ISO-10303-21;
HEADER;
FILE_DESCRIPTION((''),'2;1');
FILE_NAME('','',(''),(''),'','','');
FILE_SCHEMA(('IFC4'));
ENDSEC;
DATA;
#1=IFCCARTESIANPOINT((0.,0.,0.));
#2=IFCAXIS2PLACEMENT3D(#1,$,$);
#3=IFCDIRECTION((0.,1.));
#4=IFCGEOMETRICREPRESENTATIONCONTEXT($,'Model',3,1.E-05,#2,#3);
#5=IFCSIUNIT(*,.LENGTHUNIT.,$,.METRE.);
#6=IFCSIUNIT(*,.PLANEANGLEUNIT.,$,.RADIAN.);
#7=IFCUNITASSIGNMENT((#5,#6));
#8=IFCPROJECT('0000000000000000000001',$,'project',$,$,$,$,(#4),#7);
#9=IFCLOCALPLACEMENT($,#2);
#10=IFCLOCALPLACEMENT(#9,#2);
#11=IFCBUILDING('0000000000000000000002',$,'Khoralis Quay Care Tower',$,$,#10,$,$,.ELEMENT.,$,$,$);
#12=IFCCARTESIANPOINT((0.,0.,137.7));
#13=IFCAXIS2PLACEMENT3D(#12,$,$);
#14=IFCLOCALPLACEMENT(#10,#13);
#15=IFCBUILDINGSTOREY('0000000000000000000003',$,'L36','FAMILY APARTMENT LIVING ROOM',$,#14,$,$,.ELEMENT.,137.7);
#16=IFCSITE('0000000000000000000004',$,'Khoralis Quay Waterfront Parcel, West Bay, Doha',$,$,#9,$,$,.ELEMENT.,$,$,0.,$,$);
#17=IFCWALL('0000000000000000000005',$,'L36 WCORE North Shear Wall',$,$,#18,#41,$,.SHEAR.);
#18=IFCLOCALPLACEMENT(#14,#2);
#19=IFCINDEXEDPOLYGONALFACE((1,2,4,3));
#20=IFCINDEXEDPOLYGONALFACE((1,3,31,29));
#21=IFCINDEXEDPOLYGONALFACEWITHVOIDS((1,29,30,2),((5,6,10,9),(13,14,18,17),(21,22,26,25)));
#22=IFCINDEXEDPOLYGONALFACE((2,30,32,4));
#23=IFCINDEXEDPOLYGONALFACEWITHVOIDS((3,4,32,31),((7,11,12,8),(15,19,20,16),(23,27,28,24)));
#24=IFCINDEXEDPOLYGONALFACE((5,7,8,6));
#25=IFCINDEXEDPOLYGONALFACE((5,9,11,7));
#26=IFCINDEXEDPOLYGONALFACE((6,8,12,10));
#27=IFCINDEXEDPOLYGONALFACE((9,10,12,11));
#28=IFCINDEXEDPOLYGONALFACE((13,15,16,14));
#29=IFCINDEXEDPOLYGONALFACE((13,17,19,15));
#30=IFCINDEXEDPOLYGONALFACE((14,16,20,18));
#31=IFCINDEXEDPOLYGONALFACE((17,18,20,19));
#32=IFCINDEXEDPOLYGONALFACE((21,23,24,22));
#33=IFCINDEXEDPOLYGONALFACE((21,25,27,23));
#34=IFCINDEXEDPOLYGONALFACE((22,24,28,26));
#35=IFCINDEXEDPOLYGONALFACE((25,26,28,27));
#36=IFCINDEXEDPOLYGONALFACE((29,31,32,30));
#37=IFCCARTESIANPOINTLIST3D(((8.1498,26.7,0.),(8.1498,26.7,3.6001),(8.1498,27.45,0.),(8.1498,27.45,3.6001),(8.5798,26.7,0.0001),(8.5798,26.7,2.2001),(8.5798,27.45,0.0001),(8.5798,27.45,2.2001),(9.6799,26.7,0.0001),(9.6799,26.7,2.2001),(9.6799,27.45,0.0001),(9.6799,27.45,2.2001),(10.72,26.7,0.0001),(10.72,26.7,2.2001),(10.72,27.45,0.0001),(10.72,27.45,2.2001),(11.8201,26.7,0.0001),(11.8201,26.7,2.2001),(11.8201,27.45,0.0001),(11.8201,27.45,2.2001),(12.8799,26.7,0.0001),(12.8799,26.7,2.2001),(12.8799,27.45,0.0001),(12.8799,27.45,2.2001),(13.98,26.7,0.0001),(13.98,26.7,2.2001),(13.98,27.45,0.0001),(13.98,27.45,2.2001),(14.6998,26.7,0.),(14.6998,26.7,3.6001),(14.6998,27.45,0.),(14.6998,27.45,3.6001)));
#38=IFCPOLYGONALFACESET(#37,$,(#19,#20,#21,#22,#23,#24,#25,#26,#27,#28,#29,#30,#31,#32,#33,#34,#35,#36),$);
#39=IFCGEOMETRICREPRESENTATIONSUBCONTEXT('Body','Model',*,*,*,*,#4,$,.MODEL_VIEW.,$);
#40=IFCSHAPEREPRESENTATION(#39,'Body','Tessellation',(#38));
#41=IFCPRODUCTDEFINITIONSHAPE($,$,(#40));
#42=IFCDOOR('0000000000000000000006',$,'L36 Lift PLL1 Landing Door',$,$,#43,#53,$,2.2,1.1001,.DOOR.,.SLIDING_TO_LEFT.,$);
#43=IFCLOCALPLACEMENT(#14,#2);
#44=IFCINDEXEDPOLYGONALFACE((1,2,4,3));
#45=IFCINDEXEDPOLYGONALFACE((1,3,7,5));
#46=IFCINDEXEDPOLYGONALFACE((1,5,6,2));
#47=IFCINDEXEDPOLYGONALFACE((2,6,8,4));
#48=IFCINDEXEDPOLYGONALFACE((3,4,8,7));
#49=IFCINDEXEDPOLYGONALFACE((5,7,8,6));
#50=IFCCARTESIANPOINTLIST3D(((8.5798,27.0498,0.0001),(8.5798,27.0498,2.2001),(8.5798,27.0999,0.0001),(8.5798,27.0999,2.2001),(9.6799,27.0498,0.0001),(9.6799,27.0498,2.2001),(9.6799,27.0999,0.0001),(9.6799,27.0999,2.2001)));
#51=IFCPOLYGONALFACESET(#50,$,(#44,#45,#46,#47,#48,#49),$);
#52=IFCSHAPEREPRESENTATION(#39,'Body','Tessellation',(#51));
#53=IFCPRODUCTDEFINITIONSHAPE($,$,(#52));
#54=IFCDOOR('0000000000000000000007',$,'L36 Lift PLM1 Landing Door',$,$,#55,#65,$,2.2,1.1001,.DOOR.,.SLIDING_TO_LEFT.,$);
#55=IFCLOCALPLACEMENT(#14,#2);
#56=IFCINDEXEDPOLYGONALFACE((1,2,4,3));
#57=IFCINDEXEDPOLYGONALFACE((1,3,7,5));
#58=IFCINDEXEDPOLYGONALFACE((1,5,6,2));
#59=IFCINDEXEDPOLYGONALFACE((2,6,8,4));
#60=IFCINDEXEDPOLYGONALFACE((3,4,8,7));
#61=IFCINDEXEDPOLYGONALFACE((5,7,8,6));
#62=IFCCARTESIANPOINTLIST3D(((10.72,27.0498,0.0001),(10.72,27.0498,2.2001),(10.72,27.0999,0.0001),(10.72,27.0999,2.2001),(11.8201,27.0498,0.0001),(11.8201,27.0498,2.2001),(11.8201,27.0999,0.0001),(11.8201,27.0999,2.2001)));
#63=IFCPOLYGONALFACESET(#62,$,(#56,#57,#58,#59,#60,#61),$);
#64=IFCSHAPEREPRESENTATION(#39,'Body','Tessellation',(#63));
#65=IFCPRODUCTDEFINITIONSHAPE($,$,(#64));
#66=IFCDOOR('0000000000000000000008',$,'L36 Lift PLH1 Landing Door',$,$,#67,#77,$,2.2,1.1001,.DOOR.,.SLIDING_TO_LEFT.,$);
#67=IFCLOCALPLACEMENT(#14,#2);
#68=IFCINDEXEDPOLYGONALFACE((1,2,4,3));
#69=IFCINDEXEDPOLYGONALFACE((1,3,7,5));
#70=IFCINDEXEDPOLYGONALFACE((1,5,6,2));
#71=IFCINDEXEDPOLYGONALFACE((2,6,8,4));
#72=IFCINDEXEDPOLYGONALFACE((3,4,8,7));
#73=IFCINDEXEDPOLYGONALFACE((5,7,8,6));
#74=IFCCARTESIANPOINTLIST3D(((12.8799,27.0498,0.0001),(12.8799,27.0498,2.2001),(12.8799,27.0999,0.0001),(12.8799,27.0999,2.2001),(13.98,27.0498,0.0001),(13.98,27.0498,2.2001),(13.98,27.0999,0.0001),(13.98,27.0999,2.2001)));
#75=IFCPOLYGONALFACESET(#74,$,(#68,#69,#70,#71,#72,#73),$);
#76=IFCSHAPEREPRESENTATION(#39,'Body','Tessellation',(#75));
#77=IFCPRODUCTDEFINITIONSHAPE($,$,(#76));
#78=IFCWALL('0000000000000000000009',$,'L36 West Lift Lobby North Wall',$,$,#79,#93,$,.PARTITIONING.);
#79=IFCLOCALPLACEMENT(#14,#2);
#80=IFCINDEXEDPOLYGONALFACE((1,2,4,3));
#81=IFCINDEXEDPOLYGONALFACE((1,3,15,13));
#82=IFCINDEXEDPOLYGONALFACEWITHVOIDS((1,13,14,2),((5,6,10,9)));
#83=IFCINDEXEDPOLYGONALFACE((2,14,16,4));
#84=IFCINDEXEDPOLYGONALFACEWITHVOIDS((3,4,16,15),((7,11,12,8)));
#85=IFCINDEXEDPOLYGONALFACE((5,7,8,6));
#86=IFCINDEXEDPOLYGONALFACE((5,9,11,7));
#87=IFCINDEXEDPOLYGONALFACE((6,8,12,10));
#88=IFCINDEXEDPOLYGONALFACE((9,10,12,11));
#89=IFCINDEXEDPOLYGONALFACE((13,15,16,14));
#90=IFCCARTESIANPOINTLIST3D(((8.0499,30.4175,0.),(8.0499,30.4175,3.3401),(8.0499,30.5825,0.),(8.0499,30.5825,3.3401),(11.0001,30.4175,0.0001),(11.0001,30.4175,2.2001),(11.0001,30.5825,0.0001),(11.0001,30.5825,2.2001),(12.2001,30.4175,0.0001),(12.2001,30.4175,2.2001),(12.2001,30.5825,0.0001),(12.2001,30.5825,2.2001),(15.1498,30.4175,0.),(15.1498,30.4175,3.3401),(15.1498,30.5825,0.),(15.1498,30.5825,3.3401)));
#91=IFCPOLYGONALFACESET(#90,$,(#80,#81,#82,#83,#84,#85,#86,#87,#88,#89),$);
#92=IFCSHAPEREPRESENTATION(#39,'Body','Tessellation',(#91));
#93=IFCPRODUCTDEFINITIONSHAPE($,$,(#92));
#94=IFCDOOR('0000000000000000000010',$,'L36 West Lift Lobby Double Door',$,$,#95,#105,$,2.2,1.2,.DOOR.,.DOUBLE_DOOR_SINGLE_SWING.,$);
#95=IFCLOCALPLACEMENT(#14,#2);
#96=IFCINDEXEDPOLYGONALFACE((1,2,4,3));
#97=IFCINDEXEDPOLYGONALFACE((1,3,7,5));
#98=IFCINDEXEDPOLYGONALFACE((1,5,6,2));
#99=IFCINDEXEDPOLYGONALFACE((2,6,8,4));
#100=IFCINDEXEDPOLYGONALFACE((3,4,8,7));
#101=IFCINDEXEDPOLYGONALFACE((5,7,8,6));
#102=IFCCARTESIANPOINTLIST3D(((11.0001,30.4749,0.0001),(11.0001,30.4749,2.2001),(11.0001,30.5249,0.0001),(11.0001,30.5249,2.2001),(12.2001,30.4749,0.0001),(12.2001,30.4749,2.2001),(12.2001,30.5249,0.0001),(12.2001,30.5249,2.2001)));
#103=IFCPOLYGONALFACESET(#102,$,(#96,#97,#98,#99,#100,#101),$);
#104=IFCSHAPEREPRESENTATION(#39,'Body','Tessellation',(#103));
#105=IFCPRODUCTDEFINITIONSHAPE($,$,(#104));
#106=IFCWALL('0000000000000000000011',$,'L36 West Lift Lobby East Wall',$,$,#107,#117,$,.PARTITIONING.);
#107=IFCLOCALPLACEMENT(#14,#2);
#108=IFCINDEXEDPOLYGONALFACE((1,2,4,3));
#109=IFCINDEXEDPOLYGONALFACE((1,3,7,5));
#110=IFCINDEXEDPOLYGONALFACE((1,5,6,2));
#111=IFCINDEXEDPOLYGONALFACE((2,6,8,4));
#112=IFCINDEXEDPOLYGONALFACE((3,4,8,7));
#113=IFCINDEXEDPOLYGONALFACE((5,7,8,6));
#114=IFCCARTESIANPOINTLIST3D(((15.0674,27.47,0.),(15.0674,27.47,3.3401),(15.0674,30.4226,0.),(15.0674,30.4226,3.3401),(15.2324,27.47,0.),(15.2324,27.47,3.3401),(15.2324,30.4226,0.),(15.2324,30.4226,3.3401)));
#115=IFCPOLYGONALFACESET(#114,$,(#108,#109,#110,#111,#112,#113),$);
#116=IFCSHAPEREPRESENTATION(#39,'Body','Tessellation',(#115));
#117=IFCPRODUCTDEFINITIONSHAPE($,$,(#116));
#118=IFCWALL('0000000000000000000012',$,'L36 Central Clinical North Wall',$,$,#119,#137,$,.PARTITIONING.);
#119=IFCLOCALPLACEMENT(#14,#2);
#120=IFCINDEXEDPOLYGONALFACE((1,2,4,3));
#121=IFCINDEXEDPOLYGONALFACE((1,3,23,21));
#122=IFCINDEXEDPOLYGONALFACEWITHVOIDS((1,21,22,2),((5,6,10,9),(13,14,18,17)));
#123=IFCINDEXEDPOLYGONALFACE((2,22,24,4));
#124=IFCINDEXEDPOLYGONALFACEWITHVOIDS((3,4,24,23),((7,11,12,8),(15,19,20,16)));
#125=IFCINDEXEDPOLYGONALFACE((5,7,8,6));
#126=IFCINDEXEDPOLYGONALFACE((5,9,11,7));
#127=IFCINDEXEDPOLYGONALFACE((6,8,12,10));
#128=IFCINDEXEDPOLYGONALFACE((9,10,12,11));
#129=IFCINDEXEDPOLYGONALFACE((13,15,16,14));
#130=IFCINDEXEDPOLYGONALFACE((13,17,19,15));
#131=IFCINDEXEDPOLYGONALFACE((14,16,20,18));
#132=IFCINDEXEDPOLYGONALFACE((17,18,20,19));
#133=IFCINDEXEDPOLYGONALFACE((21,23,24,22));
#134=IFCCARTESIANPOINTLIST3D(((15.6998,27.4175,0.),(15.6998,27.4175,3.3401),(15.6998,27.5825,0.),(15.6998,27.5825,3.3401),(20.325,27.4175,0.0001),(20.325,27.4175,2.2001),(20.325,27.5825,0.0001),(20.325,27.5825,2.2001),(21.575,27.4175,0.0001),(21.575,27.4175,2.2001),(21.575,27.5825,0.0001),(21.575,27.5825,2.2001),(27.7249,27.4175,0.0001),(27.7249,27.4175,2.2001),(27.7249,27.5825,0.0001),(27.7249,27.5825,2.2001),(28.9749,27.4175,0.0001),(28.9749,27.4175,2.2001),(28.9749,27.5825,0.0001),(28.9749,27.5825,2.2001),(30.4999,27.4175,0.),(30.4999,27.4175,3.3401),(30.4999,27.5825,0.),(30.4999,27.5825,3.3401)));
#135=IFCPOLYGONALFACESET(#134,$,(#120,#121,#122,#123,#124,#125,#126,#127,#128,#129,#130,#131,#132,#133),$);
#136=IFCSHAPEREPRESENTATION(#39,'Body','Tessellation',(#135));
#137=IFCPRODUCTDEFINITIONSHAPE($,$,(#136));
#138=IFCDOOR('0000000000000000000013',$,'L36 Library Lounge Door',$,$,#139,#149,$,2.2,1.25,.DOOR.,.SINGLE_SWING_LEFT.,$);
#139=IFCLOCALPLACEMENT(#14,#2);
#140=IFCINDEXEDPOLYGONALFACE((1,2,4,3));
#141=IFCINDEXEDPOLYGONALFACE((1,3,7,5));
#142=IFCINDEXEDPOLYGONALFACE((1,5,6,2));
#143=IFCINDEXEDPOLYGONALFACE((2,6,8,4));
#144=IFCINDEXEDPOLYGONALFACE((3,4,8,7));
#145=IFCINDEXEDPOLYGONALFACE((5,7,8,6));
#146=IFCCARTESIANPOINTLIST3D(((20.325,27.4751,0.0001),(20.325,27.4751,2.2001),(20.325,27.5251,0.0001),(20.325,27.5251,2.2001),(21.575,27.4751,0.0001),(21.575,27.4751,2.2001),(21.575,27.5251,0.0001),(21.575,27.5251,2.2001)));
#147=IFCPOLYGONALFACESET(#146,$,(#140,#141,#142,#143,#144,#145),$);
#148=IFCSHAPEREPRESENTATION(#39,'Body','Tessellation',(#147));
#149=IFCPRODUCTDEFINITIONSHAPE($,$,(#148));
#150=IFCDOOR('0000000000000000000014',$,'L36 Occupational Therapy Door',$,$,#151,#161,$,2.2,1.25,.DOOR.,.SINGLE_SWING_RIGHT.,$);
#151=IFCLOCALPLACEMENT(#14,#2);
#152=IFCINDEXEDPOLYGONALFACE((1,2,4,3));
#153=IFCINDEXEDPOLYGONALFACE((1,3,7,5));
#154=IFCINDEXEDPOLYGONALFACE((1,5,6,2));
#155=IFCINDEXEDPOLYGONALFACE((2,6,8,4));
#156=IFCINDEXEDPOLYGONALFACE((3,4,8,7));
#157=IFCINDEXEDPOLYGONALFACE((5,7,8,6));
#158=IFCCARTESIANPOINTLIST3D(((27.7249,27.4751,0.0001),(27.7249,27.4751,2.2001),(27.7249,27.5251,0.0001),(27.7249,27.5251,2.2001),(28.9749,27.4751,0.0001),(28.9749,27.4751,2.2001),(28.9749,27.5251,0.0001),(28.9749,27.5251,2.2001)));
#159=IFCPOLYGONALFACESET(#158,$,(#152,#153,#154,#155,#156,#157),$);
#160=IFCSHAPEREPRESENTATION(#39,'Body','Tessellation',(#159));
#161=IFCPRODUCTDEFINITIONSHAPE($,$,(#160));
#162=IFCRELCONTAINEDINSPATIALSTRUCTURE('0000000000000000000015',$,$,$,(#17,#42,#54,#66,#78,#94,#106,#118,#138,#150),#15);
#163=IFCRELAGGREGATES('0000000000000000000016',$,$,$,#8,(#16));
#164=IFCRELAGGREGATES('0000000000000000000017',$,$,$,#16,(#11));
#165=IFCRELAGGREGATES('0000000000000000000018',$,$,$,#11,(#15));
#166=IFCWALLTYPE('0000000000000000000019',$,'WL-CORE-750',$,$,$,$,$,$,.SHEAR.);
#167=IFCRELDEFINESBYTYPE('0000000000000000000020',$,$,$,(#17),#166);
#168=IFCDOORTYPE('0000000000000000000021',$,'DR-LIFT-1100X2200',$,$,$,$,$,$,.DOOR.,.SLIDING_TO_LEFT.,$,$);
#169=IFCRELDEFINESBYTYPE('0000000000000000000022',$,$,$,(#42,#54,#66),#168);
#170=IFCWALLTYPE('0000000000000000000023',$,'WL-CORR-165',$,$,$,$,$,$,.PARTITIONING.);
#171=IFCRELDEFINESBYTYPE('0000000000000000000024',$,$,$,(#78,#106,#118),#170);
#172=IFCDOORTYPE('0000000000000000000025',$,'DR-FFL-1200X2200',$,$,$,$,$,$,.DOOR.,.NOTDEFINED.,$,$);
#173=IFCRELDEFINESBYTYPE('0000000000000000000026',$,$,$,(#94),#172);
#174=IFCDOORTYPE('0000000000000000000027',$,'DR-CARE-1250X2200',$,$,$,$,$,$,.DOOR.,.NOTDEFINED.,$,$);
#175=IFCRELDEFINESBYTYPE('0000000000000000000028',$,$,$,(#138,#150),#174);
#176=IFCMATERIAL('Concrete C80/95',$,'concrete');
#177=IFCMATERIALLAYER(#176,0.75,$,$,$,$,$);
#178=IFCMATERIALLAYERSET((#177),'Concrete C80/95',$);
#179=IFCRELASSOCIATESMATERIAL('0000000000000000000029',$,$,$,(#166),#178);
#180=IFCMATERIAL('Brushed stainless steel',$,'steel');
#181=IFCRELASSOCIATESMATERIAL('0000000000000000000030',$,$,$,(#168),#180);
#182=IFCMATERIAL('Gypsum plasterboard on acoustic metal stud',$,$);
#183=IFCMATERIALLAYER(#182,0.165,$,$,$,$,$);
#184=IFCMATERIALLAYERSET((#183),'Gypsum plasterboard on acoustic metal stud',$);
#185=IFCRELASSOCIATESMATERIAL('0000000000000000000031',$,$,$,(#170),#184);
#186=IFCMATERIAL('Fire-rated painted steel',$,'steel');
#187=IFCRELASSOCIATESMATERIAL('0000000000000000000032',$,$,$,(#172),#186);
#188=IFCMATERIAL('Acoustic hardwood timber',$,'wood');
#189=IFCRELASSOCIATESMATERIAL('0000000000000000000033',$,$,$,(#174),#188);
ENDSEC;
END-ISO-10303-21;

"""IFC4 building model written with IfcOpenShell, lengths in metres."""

from ifc_helpers import new_model, si_unit, direction, frame, frame_2d, origin, place, context, subcontext, project, spatial, rectangle, extrude, source, transform, mapped, material, layer, layer_set, type_object, element, fill, save


model = new_model("IFC4")

# Units and contexts
model_context = context("Model", 3, precision=1e-05, world=origin(), true_north=direction((0.0, 1.0)))
body_context = subcontext(model_context, "Body", "Model", "MODEL_VIEW")
ifc_project = project(units=[si_unit("LENGTHUNIT", "METRE"), si_unit("PLANEANGLEUNIT", "RADIAN")], contexts=[model_context])

# Site, building, storey
site_placement = place(None, origin())
site = spatial("IfcSite", under=ifc_project, at=site_placement, Name="Khoralis Quay Waterfront Parcel, West Bay, Doha", CompositionType="ELEMENT", RefElevation=0.0)
building_placement = place(site_placement, origin())
building = spatial("IfcBuilding", under=site, at=building_placement, Name="Khoralis Quay Care Tower", CompositionType="ELEMENT")
storey_placement = place(building_placement, frame((0.0, 0.0, 137.7)))
storey = spatial("IfcBuildingStorey", under=building, at=storey_placement, Name="L36", Description="FAMILY APARTMENT LIVING ROOM", CompositionType="ELEMENT", Elevation=137.7)

# Wall, openings, doors
ifc_material_1 = material(Name="Concrete C80/95", Category="concrete")
ifc_layer_1 = layer(ifc_material_1, 0.75)
ifc_layer_set_1 = layer_set([ifc_layer_1], Name="Concrete C80/95")
wall_type_1 = type_object("IfcWallType", Name="WL-CORE-750", PredefinedType="SHEAR", material=ifc_layer_set_1)
wall_1_placement = place(storey_placement, frame((8.1499, 27.075, 0.0), z_axis=(0.0, 0.0, 1.0), x_axis=(1.0, 0.0, 0.0)))
wall_1 = element("IfcWall", 1, at=wall_1_placement, inside=storey, type_object=wall_type_1, Name="L36 WCORE North Shear Wall", PredefinedType="SHEAR", context=body_context, shape_type="SweptSolid", body=[
    extrude(rectangle(XDim=6.55, YDim=0.75, at=frame_2d((3.2749, 0.0))), origin(), (0.0, 0.0, 1.0), 3.6001),
])
opening_1_placement = place(wall_1_placement, frame((0.4299, 0.0, 0.0)))
opening_1 = element("IfcOpeningElement", 2, at=opening_1_placement, cuts=wall_1, PredefinedType="OPENING", context=body_context, shape_type="SweptSolid", body=[
    extrude(rectangle(XDim=1.1001, YDim=2.2, at=frame_2d((0.55, 1.1001))), frame((0.0, 0.385, 0.0), z_axis=(0.0, -1.0, 0.0), x_axis=(1.0, 0.0, 0.0)), (0.0, 0.0, 1.0), 0.77),
])
opening_2_placement = place(wall_1_placement, frame((2.5701, 0.0, 0.0)))
opening_2 = element("IfcOpeningElement", 3, at=opening_2_placement, cuts=wall_1, PredefinedType="OPENING", context=body_context, shape_type="SweptSolid", body=[
    extrude(rectangle(XDim=1.1001, YDim=2.2, at=frame_2d((0.55, 1.1001))), frame((0.0, 0.385, 0.0), z_axis=(0.0, -1.0, 0.0), x_axis=(1.0, 0.0, 0.0)), (0.0, 0.0, 1.0), 0.77),
])
opening_3_placement = place(wall_1_placement, frame((4.73, 0.0, 0.0)))
opening_3 = element("IfcOpeningElement", 4, at=opening_3_placement, cuts=wall_1, PredefinedType="OPENING", context=body_context, shape_type="SweptSolid", body=[
    extrude(rectangle(XDim=1.1001, YDim=2.2, at=frame_2d((0.55, 1.1001))), frame((0.0, 0.385, 0.0), z_axis=(0.0, -1.0, 0.0), x_axis=(1.0, 0.0, 0.0)), (0.0, 0.0, 1.0), 0.77),
])
ifc_material_2 = material(Name="Brushed stainless steel", Category="steel")
door_type_1 = type_object("IfcDoorType", Name="DR-LIFT-1100X2200", OperationType="SLIDING_TO_LEFT", PredefinedType="DOOR", material=ifc_material_2)
shared_shape_1 = source(origin(), body_context, "Body", "SweptSolid", [
    extrude(rectangle(XDim=1.1001, YDim=2.2, at=frame_2d((0.55, 1.1001))), frame((0.0, 0.0249, 0.0), z_axis=(0.0, -1.0, 0.0), x_axis=(1.0, 0.0, 0.0)), (0.0, 0.0, 1.0), 0.05),
])
door_1_placement = place(opening_1_placement, origin())
door_1 = element("IfcDoor", 5, at=door_1_placement, inside=storey, type_object=door_type_1, Name="L36 Lift PLL1 Landing Door", OperationType="SLIDING_TO_LEFT", OverallHeight=2.2, OverallWidth=1.1001, PredefinedType="DOOR", context=body_context, shape_type="MappedRepresentation", body=[
    mapped(shared_shape_1, transform((0.0, 0.0, 0.0), scale=1.0)),
])
fill(opening_1, door_1)
door_2_placement = place(opening_2_placement, origin())
door_2 = element("IfcDoor", 6, at=door_2_placement, inside=storey, type_object=door_type_1, Name="L36 Lift PLM1 Landing Door", OperationType="SLIDING_TO_LEFT", OverallHeight=2.2, OverallWidth=1.1001, PredefinedType="DOOR", context=body_context, shape_type="MappedRepresentation", body=[
    mapped(shared_shape_1, transform((0.0, 0.0, 0.0), scale=1.0)),
])
fill(opening_2, door_2)
door_3_placement = place(opening_3_placement, origin())
door_3 = element("IfcDoor", 7, at=door_3_placement, inside=storey, type_object=door_type_1, Name="L36 Lift PLH1 Landing Door", OperationType="SLIDING_TO_LEFT", OverallHeight=2.2, OverallWidth=1.1001, PredefinedType="DOOR", context=body_context, shape_type="MappedRepresentation", body=[
    mapped(shared_shape_1, transform((0.0, 0.0, 0.0), scale=1.0)),
])
fill(opening_3, door_3)

# Wall, opening, door
ifc_material_3 = material(Name="Gypsum plasterboard on acoustic metal stud")
ifc_layer_2 = layer(ifc_material_3, 0.165)
ifc_layer_set_2 = layer_set([ifc_layer_2], Name="Gypsum plasterboard on acoustic metal stud")
wall_type_2 = type_object("IfcWallType", Name="WL-CORR-165", PredefinedType="PARTITIONING", material=ifc_layer_set_2)
wall_2_placement = place(storey_placement, frame((8.05, 30.5, 0.0), z_axis=(0.0, 0.0, 1.0), x_axis=(1.0, 0.0, 0.0)))
wall_2 = element("IfcWall", 8, at=wall_2_placement, inside=storey, type_object=wall_type_2, Name="L36 West Lift Lobby North Wall", PredefinedType="PARTITIONING", context=body_context, shape_type="SweptSolid", body=[
    extrude(rectangle(XDim=7.0999, YDim=0.165, at=frame_2d((3.5498, 0.0))), origin(), (0.0, 0.0, 1.0), 3.3401),
])
opening_4_placement = place(wall_2_placement, frame((2.95, 0.0, 0.0)))
opening_4 = element("IfcOpeningElement", 9, at=opening_4_placement, cuts=wall_2, PredefinedType="OPENING", context=body_context, shape_type="SweptSolid", body=[
    extrude(rectangle(XDim=1.2, YDim=2.2, at=frame_2d((0.6001, 1.1001))), frame((0.0, 0.0925, 0.0), z_axis=(0.0, -1.0, 0.0), x_axis=(1.0, 0.0, 0.0)), (0.0, 0.0, 1.0), 0.1851),
])
ifc_material_4 = material(Name="Fire-rated painted steel", Category="steel")
door_type_2 = type_object("IfcDoorType", Name="DR-FFL-1200X2200", OperationType="NOTDEFINED", PredefinedType="DOOR", material=ifc_material_4)
shared_shape_2 = source(origin(), body_context, "Body", "SweptSolid", [
    extrude(rectangle(XDim=1.2, YDim=2.2, at=frame_2d((0.6001, 1.1001))), frame((0.0, 0.0249, 0.0), z_axis=(0.0, -1.0, 0.0), x_axis=(1.0, 0.0, 0.0)), (0.0, 0.0, 1.0), 0.05),
])
door_4_placement = place(opening_4_placement, origin())
door_4 = element("IfcDoor", 10, at=door_4_placement, inside=storey, type_object=door_type_2, Name="L36 West Lift Lobby Double Door", OperationType="DOUBLE_DOOR_SINGLE_SWING", OverallHeight=2.2, OverallWidth=1.2, PredefinedType="DOOR", context=body_context, shape_type="MappedRepresentation", body=[
    mapped(shared_shape_2, transform((0.0, 0.0, 0.0), scale=1.0)),
])
fill(opening_4, door_4)

# Wall
wall_3_placement = place(storey_placement, frame((15.1499, 27.47, 0.0), z_axis=(0.0, 0.0, 1.0), x_axis=(0.0, 1.0, 0.0)))
element("IfcWall", 11, at=wall_3_placement, inside=storey, type_object=wall_type_2, Name="L36 West Lift Lobby East Wall", PredefinedType="PARTITIONING", context=body_context, shape_type="SweptSolid", body=[
    extrude(rectangle(XDim=2.9526, YDim=0.165, at=frame_2d((1.4763, 0.0))), origin(), (0.0, 0.0, 1.0), 3.3401),
])

# Wall, openings, doors
wall_4_placement = place(storey_placement, frame((15.7, 27.5, 0.0), z_axis=(0.0, 0.0, 1.0), x_axis=(1.0, 0.0, 0.0)))
wall_4 = element("IfcWall", 12, at=wall_4_placement, inside=storey, type_object=wall_type_2, Name="L36 Central Clinical North Wall", PredefinedType="PARTITIONING", context=body_context, shape_type="SweptSolid", body=[
    extrude(rectangle(XDim=14.8, YDim=0.165, at=frame_2d((7.3999, 0.0))), origin(), (0.0, 0.0, 1.0), 3.3401),
])
opening_5_placement = place(wall_4_placement, frame((4.625, 0.0, 0.0)))
opening_5 = element("IfcOpeningElement", 13, at=opening_5_placement, cuts=wall_4, PredefinedType="OPENING", context=body_context, shape_type="SweptSolid", body=[
    extrude(rectangle(XDim=1.25, YDim=2.2, at=frame_2d((0.625, 1.1001))), frame((0.0, 0.0925, 0.0), z_axis=(0.0, -1.0, 0.0), x_axis=(1.0, 0.0, 0.0)), (0.0, 0.0, 1.0), 0.1851),
])
opening_6_placement = place(wall_4_placement, frame((12.0249, 0.0, 0.0)))
opening_6 = element("IfcOpeningElement", 14, at=opening_6_placement, cuts=wall_4, PredefinedType="OPENING", context=body_context, shape_type="SweptSolid", body=[
    extrude(rectangle(XDim=1.25, YDim=2.2, at=frame_2d((0.625, 1.1001))), frame((0.0, 0.0925, 0.0), z_axis=(0.0, -1.0, 0.0), x_axis=(1.0, 0.0, 0.0)), (0.0, 0.0, 1.0), 0.1851),
])
ifc_material_5 = material(Name="Acoustic hardwood timber", Category="wood")
door_type_3 = type_object("IfcDoorType", Name="DR-CARE-1250X2200", OperationType="NOTDEFINED", PredefinedType="DOOR", material=ifc_material_5)
shared_shape_3 = source(origin(), body_context, "Body", "SweptSolid", [
    extrude(rectangle(XDim=1.25, YDim=2.2, at=frame_2d((0.625, 1.1001))), frame((0.0, 0.0249, 0.0), z_axis=(0.0, -1.0, 0.0), x_axis=(1.0, 0.0, 0.0)), (0.0, 0.0, 1.0), 0.05),
])
door_5_placement = place(opening_5_placement, frame((1.25, 0.0, 0.0), z_axis=(0.0, 0.0, 1.0), x_axis=(-1.0, 0.0, 0.0)))
door_5 = element("IfcDoor", 15, at=door_5_placement, inside=storey, type_object=door_type_3, Name="L36 Library Lounge Door", OperationType="SINGLE_SWING_LEFT", OverallHeight=2.2, OverallWidth=1.25, PredefinedType="DOOR", context=body_context, shape_type="MappedRepresentation", body=[
    mapped(shared_shape_3, transform((0.0, 0.0, 0.0), scale=1.0)),
])
fill(opening_5, door_5)
door_6_placement = place(opening_6_placement, frame((1.25, 0.0, 0.0), z_axis=(0.0, 0.0, 1.0), x_axis=(-1.0, 0.0, 0.0)))
door_6 = element("IfcDoor", 16, at=door_6_placement, inside=storey, type_object=door_type_3, Name="L36 Occupational Therapy Door", OperationType="SINGLE_SWING_RIGHT", OverallHeight=2.2, OverallWidth=1.25, PredefinedType="DOOR", context=body_context, shape_type="MappedRepresentation", body=[
    mapped(shared_shape_3, transform((0.0, 0.0, 0.0), scale=1.0)),
])
fill(opening_6, door_6)

save(model, "model.ifc")
